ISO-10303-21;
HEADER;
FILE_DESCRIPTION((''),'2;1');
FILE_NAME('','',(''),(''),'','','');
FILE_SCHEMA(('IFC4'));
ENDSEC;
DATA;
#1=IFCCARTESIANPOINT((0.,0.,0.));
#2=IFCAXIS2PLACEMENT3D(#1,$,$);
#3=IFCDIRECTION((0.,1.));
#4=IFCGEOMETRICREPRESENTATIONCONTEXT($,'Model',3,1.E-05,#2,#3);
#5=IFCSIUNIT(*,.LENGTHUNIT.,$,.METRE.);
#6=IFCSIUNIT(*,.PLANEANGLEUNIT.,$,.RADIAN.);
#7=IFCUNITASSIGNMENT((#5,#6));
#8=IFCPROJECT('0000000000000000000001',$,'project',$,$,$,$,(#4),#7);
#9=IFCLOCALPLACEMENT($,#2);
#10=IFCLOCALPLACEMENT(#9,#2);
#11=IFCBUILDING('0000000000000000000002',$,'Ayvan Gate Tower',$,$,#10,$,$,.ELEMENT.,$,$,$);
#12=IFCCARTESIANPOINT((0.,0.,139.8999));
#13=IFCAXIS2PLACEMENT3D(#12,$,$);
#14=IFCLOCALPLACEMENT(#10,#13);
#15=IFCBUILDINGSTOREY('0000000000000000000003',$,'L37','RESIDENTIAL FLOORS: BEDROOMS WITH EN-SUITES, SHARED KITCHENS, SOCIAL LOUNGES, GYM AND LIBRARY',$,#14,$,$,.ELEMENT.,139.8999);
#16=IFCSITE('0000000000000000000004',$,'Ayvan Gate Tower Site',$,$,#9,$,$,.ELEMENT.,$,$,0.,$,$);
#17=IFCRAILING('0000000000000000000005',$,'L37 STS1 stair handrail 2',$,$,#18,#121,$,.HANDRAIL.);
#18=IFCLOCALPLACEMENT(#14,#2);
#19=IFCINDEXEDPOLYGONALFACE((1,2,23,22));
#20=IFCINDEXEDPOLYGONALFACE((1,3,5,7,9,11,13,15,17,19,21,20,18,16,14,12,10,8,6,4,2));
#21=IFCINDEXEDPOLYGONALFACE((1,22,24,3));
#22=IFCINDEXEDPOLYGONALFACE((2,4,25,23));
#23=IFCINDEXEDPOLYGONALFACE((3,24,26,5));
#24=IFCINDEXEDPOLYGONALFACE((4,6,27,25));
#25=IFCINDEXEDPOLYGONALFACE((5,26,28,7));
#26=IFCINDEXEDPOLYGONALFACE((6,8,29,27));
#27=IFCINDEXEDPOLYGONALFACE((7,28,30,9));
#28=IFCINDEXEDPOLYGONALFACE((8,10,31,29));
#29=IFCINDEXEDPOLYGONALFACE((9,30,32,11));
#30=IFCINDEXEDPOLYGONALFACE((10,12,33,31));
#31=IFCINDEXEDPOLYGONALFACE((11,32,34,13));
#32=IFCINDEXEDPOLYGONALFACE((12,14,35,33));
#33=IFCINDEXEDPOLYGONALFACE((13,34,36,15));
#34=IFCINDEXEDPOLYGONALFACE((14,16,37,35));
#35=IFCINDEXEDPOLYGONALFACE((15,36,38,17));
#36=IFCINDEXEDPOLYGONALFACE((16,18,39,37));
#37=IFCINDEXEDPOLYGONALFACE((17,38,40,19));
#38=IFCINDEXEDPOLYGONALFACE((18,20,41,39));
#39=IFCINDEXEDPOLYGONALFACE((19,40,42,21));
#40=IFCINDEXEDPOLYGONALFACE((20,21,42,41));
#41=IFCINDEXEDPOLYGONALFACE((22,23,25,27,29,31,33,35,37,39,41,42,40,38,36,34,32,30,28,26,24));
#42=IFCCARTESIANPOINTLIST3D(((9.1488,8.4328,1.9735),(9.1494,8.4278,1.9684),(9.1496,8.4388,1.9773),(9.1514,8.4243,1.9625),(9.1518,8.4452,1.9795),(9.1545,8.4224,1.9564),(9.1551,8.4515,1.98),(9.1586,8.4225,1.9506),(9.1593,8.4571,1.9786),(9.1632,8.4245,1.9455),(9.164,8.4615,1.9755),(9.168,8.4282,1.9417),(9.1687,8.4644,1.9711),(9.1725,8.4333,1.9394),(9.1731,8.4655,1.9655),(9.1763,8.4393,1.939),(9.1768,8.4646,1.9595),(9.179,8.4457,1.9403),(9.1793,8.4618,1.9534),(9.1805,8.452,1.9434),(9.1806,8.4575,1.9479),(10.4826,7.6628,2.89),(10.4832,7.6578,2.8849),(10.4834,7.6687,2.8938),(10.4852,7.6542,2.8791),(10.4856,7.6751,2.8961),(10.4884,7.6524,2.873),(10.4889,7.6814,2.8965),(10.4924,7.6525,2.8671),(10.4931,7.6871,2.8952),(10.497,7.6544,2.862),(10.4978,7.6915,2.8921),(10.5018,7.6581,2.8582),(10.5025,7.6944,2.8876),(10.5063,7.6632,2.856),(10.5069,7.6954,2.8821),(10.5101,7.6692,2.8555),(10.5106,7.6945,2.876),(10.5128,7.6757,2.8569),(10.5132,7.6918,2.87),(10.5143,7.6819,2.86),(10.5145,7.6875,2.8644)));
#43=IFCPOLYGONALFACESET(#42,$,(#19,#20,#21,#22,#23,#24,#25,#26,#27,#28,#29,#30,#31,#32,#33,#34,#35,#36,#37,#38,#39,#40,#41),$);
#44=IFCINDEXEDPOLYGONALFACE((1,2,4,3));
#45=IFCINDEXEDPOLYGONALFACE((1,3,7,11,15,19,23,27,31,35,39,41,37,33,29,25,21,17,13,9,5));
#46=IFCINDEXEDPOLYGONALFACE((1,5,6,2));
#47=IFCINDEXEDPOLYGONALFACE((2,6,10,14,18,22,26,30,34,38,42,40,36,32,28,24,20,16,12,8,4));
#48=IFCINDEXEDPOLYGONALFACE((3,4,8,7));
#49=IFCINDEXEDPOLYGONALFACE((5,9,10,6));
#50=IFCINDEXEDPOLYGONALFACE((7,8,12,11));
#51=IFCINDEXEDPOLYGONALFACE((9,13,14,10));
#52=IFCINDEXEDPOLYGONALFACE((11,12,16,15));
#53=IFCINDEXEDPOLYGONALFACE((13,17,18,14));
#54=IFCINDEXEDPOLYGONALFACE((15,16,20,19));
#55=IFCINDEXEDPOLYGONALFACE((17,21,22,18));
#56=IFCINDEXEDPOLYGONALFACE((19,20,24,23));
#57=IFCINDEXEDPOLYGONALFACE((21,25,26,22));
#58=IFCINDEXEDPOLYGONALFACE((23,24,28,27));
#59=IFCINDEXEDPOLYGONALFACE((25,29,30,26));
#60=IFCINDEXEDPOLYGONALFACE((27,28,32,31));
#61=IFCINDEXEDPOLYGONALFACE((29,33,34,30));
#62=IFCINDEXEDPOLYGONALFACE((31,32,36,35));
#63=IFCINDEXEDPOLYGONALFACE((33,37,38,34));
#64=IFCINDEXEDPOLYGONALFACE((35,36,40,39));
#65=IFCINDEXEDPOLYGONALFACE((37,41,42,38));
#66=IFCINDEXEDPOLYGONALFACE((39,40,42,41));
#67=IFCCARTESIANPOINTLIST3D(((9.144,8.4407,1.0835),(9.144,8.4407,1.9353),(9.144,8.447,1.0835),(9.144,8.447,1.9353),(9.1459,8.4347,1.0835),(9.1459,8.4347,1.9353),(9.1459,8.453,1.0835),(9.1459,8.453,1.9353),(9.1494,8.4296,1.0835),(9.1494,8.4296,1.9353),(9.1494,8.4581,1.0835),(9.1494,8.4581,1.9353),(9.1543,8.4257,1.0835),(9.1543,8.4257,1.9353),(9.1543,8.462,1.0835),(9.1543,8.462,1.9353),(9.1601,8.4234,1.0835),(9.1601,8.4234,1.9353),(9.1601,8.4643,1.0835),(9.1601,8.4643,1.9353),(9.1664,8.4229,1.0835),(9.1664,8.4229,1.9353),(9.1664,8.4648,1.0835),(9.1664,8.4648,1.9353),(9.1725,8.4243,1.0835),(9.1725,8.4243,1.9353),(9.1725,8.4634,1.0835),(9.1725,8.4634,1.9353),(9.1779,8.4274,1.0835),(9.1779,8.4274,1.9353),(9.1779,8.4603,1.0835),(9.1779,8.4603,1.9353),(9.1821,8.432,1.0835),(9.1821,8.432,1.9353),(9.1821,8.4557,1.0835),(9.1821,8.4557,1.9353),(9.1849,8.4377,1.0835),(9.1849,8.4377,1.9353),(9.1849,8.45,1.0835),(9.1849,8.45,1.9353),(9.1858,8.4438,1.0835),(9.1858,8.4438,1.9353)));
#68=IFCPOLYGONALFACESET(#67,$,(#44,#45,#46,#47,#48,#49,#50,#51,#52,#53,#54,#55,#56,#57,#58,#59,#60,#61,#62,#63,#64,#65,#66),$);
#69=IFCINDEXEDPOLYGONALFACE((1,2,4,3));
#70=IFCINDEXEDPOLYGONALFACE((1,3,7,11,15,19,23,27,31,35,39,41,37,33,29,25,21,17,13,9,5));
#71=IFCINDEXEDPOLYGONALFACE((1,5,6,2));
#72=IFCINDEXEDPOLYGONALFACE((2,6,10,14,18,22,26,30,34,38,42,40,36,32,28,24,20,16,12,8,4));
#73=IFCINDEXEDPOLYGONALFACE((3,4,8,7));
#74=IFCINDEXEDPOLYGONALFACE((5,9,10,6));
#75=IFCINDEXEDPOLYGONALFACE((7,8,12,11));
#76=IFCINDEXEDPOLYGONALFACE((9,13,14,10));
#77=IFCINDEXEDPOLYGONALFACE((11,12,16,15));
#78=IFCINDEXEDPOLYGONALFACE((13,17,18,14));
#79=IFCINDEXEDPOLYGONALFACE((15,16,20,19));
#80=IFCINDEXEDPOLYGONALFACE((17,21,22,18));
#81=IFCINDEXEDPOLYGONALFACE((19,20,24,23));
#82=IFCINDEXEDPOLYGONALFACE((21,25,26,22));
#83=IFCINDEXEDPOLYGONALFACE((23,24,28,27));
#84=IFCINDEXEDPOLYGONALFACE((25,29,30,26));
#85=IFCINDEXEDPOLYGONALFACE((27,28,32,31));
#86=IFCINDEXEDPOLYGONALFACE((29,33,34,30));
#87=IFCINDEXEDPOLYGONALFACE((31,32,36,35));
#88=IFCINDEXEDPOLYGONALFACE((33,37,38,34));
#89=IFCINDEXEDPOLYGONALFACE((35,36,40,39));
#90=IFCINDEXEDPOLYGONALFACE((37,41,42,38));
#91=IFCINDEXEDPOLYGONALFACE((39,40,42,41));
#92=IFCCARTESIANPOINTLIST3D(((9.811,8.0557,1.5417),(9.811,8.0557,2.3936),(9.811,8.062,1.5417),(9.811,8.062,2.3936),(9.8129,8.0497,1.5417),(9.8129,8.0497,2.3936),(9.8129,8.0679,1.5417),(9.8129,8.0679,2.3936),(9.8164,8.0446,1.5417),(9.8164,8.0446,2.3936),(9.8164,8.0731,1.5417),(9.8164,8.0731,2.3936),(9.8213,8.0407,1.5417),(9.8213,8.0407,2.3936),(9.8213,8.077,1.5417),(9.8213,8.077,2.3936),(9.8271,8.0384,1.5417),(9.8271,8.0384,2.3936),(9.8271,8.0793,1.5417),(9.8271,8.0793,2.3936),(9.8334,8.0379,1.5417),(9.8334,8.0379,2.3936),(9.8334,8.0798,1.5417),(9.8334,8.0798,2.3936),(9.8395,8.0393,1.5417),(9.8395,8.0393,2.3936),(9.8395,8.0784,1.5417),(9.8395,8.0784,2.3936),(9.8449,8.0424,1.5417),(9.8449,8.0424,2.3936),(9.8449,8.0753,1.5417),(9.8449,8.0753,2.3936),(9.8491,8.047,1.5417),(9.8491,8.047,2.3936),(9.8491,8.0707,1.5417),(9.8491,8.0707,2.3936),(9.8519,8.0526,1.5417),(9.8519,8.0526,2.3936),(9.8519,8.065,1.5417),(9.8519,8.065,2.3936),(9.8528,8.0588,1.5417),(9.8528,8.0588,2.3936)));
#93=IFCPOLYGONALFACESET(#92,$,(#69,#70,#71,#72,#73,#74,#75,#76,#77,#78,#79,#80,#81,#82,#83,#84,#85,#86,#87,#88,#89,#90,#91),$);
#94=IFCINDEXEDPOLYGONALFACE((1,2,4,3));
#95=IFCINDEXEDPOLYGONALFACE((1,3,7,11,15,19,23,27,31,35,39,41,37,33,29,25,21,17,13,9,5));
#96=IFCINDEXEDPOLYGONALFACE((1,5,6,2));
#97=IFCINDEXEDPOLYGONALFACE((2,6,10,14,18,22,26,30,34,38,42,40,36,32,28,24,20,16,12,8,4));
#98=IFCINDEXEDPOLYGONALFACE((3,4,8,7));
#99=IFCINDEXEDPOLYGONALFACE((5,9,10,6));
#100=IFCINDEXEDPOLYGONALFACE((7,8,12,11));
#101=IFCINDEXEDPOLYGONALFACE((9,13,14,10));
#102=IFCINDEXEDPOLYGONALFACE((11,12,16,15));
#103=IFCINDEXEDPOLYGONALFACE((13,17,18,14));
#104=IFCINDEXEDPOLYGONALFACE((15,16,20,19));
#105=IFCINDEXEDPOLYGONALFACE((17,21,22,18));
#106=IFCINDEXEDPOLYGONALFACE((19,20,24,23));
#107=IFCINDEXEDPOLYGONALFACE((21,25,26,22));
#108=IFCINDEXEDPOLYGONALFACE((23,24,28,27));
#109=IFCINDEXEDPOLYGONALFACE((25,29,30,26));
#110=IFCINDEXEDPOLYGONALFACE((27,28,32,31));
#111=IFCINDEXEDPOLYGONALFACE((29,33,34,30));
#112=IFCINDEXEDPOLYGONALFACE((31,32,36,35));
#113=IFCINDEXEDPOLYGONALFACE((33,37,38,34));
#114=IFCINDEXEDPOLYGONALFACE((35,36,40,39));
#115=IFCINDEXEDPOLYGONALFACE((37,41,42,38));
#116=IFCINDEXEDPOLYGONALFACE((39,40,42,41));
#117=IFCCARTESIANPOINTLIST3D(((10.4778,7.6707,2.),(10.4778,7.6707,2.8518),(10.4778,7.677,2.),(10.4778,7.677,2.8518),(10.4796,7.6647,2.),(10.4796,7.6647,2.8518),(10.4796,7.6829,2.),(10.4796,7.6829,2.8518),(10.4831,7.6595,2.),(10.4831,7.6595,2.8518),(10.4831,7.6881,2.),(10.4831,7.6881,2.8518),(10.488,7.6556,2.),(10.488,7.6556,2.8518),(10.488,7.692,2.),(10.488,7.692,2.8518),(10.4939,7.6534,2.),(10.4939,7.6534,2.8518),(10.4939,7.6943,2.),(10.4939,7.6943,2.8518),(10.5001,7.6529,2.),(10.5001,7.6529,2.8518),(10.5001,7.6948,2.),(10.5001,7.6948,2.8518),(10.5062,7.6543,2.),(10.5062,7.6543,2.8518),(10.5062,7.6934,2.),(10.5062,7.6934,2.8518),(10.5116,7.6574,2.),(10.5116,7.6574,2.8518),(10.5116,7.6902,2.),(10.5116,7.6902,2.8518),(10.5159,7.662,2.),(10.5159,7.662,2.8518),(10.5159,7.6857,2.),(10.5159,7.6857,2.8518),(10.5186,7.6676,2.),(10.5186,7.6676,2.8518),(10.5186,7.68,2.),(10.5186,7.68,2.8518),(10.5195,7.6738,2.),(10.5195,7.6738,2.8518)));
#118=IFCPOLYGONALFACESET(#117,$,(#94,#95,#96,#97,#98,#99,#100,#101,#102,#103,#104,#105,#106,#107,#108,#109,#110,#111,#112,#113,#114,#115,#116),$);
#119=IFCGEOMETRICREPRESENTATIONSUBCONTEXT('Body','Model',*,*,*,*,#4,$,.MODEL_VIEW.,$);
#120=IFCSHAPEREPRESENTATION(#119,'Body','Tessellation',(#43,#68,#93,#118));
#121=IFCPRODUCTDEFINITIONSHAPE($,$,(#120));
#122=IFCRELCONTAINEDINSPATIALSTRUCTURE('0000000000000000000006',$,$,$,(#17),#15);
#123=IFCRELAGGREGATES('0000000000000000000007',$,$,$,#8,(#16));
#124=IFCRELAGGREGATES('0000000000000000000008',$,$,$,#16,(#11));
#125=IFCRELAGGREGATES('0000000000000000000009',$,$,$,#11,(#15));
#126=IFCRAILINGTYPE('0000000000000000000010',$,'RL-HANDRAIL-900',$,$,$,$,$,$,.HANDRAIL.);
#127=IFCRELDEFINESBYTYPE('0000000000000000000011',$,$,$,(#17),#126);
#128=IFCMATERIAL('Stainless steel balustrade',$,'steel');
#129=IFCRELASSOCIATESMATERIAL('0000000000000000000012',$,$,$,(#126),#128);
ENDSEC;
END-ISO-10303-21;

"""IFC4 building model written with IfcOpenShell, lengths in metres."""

from ifc_helpers import new_model, si_unit, direction, frame, origin, origin_2d, place, context, subcontext, project, spatial, circle, extrude, material, type_object, element, save


model = new_model("IFC4")

# Units and contexts
model_context = context("Model", 3, precision=1e-05, world=origin(), true_north=direction((0.0, 1.0)))
body_context = subcontext(model_context, "Body", "Model", "MODEL_VIEW")
ifc_project = project(units=[si_unit("LENGTHUNIT", "METRE"), si_unit("PLANEANGLEUNIT", "RADIAN")], contexts=[model_context])

# Site, building, storey
site_placement = place(None, origin())
site = spatial("IfcSite", under=ifc_project, at=site_placement, Name="Ayvan Gate Tower Site", CompositionType="ELEMENT", RefElevation=0.0)
building_placement = place(site_placement, origin())
building = spatial("IfcBuilding", under=site, at=building_placement, Name="Ayvan Gate Tower", CompositionType="ELEMENT")
storey_placement = place(building_placement, frame((0.0, 0.0, 139.8999)))
storey = spatial("IfcBuildingStorey", under=building, at=storey_placement, Name="L37", Description="RESIDENTIAL FLOORS: BEDROOMS WITH EN-SUITES, SHARED KITCHENS, SOCIAL LOUNGES, GYM AND LIBRARY", CompositionType="ELEMENT", Elevation=139.8999)

# Railing
ifc_material_1 = material(Name="Stainless steel balustrade", Category="steel")
railing_type_1 = type_object("IfcRailingType", Name="RL-HANDRAIL-900", PredefinedType="HANDRAIL", material=ifc_material_1)
railing_1_placement = place(storey_placement, frame((9.1648, 8.4438, 1.0835)))
element("IfcRailing", 1, at=railing_1_placement, inside=storey, type_object=railing_type_1, Name="L37 STS1 stair handrail 2", PredefinedType="HANDRAIL", context=body_context, shape_type="SweptSolid", body=[
    extrude(circle(Radius=0.0239, at=origin_2d()), frame((0.0, 0.0, 0.876), z_axis=(0.744216, -0.429664, 0.511401), x_axis=(0.499992, 0.86603, 0.0)), (0.0, 0.0, 1.0), 1.7922),
    extrude(circle(Radius=0.021, at=origin_2d()), origin(), (0.0, 0.0, 1.0), 0.8518),
    extrude(circle(Radius=0.021, at=origin_2d()), frame((0.667, -0.385, 0.4583)), (0.0, 0.0, 1.0), 0.8518),
    extrude(circle(Radius=0.021, at=origin_2d()), frame((1.3337, -0.77, 0.9165)), (0.0, 0.0, 1.0), 0.8518),
])

save(model, "model.ifc")
